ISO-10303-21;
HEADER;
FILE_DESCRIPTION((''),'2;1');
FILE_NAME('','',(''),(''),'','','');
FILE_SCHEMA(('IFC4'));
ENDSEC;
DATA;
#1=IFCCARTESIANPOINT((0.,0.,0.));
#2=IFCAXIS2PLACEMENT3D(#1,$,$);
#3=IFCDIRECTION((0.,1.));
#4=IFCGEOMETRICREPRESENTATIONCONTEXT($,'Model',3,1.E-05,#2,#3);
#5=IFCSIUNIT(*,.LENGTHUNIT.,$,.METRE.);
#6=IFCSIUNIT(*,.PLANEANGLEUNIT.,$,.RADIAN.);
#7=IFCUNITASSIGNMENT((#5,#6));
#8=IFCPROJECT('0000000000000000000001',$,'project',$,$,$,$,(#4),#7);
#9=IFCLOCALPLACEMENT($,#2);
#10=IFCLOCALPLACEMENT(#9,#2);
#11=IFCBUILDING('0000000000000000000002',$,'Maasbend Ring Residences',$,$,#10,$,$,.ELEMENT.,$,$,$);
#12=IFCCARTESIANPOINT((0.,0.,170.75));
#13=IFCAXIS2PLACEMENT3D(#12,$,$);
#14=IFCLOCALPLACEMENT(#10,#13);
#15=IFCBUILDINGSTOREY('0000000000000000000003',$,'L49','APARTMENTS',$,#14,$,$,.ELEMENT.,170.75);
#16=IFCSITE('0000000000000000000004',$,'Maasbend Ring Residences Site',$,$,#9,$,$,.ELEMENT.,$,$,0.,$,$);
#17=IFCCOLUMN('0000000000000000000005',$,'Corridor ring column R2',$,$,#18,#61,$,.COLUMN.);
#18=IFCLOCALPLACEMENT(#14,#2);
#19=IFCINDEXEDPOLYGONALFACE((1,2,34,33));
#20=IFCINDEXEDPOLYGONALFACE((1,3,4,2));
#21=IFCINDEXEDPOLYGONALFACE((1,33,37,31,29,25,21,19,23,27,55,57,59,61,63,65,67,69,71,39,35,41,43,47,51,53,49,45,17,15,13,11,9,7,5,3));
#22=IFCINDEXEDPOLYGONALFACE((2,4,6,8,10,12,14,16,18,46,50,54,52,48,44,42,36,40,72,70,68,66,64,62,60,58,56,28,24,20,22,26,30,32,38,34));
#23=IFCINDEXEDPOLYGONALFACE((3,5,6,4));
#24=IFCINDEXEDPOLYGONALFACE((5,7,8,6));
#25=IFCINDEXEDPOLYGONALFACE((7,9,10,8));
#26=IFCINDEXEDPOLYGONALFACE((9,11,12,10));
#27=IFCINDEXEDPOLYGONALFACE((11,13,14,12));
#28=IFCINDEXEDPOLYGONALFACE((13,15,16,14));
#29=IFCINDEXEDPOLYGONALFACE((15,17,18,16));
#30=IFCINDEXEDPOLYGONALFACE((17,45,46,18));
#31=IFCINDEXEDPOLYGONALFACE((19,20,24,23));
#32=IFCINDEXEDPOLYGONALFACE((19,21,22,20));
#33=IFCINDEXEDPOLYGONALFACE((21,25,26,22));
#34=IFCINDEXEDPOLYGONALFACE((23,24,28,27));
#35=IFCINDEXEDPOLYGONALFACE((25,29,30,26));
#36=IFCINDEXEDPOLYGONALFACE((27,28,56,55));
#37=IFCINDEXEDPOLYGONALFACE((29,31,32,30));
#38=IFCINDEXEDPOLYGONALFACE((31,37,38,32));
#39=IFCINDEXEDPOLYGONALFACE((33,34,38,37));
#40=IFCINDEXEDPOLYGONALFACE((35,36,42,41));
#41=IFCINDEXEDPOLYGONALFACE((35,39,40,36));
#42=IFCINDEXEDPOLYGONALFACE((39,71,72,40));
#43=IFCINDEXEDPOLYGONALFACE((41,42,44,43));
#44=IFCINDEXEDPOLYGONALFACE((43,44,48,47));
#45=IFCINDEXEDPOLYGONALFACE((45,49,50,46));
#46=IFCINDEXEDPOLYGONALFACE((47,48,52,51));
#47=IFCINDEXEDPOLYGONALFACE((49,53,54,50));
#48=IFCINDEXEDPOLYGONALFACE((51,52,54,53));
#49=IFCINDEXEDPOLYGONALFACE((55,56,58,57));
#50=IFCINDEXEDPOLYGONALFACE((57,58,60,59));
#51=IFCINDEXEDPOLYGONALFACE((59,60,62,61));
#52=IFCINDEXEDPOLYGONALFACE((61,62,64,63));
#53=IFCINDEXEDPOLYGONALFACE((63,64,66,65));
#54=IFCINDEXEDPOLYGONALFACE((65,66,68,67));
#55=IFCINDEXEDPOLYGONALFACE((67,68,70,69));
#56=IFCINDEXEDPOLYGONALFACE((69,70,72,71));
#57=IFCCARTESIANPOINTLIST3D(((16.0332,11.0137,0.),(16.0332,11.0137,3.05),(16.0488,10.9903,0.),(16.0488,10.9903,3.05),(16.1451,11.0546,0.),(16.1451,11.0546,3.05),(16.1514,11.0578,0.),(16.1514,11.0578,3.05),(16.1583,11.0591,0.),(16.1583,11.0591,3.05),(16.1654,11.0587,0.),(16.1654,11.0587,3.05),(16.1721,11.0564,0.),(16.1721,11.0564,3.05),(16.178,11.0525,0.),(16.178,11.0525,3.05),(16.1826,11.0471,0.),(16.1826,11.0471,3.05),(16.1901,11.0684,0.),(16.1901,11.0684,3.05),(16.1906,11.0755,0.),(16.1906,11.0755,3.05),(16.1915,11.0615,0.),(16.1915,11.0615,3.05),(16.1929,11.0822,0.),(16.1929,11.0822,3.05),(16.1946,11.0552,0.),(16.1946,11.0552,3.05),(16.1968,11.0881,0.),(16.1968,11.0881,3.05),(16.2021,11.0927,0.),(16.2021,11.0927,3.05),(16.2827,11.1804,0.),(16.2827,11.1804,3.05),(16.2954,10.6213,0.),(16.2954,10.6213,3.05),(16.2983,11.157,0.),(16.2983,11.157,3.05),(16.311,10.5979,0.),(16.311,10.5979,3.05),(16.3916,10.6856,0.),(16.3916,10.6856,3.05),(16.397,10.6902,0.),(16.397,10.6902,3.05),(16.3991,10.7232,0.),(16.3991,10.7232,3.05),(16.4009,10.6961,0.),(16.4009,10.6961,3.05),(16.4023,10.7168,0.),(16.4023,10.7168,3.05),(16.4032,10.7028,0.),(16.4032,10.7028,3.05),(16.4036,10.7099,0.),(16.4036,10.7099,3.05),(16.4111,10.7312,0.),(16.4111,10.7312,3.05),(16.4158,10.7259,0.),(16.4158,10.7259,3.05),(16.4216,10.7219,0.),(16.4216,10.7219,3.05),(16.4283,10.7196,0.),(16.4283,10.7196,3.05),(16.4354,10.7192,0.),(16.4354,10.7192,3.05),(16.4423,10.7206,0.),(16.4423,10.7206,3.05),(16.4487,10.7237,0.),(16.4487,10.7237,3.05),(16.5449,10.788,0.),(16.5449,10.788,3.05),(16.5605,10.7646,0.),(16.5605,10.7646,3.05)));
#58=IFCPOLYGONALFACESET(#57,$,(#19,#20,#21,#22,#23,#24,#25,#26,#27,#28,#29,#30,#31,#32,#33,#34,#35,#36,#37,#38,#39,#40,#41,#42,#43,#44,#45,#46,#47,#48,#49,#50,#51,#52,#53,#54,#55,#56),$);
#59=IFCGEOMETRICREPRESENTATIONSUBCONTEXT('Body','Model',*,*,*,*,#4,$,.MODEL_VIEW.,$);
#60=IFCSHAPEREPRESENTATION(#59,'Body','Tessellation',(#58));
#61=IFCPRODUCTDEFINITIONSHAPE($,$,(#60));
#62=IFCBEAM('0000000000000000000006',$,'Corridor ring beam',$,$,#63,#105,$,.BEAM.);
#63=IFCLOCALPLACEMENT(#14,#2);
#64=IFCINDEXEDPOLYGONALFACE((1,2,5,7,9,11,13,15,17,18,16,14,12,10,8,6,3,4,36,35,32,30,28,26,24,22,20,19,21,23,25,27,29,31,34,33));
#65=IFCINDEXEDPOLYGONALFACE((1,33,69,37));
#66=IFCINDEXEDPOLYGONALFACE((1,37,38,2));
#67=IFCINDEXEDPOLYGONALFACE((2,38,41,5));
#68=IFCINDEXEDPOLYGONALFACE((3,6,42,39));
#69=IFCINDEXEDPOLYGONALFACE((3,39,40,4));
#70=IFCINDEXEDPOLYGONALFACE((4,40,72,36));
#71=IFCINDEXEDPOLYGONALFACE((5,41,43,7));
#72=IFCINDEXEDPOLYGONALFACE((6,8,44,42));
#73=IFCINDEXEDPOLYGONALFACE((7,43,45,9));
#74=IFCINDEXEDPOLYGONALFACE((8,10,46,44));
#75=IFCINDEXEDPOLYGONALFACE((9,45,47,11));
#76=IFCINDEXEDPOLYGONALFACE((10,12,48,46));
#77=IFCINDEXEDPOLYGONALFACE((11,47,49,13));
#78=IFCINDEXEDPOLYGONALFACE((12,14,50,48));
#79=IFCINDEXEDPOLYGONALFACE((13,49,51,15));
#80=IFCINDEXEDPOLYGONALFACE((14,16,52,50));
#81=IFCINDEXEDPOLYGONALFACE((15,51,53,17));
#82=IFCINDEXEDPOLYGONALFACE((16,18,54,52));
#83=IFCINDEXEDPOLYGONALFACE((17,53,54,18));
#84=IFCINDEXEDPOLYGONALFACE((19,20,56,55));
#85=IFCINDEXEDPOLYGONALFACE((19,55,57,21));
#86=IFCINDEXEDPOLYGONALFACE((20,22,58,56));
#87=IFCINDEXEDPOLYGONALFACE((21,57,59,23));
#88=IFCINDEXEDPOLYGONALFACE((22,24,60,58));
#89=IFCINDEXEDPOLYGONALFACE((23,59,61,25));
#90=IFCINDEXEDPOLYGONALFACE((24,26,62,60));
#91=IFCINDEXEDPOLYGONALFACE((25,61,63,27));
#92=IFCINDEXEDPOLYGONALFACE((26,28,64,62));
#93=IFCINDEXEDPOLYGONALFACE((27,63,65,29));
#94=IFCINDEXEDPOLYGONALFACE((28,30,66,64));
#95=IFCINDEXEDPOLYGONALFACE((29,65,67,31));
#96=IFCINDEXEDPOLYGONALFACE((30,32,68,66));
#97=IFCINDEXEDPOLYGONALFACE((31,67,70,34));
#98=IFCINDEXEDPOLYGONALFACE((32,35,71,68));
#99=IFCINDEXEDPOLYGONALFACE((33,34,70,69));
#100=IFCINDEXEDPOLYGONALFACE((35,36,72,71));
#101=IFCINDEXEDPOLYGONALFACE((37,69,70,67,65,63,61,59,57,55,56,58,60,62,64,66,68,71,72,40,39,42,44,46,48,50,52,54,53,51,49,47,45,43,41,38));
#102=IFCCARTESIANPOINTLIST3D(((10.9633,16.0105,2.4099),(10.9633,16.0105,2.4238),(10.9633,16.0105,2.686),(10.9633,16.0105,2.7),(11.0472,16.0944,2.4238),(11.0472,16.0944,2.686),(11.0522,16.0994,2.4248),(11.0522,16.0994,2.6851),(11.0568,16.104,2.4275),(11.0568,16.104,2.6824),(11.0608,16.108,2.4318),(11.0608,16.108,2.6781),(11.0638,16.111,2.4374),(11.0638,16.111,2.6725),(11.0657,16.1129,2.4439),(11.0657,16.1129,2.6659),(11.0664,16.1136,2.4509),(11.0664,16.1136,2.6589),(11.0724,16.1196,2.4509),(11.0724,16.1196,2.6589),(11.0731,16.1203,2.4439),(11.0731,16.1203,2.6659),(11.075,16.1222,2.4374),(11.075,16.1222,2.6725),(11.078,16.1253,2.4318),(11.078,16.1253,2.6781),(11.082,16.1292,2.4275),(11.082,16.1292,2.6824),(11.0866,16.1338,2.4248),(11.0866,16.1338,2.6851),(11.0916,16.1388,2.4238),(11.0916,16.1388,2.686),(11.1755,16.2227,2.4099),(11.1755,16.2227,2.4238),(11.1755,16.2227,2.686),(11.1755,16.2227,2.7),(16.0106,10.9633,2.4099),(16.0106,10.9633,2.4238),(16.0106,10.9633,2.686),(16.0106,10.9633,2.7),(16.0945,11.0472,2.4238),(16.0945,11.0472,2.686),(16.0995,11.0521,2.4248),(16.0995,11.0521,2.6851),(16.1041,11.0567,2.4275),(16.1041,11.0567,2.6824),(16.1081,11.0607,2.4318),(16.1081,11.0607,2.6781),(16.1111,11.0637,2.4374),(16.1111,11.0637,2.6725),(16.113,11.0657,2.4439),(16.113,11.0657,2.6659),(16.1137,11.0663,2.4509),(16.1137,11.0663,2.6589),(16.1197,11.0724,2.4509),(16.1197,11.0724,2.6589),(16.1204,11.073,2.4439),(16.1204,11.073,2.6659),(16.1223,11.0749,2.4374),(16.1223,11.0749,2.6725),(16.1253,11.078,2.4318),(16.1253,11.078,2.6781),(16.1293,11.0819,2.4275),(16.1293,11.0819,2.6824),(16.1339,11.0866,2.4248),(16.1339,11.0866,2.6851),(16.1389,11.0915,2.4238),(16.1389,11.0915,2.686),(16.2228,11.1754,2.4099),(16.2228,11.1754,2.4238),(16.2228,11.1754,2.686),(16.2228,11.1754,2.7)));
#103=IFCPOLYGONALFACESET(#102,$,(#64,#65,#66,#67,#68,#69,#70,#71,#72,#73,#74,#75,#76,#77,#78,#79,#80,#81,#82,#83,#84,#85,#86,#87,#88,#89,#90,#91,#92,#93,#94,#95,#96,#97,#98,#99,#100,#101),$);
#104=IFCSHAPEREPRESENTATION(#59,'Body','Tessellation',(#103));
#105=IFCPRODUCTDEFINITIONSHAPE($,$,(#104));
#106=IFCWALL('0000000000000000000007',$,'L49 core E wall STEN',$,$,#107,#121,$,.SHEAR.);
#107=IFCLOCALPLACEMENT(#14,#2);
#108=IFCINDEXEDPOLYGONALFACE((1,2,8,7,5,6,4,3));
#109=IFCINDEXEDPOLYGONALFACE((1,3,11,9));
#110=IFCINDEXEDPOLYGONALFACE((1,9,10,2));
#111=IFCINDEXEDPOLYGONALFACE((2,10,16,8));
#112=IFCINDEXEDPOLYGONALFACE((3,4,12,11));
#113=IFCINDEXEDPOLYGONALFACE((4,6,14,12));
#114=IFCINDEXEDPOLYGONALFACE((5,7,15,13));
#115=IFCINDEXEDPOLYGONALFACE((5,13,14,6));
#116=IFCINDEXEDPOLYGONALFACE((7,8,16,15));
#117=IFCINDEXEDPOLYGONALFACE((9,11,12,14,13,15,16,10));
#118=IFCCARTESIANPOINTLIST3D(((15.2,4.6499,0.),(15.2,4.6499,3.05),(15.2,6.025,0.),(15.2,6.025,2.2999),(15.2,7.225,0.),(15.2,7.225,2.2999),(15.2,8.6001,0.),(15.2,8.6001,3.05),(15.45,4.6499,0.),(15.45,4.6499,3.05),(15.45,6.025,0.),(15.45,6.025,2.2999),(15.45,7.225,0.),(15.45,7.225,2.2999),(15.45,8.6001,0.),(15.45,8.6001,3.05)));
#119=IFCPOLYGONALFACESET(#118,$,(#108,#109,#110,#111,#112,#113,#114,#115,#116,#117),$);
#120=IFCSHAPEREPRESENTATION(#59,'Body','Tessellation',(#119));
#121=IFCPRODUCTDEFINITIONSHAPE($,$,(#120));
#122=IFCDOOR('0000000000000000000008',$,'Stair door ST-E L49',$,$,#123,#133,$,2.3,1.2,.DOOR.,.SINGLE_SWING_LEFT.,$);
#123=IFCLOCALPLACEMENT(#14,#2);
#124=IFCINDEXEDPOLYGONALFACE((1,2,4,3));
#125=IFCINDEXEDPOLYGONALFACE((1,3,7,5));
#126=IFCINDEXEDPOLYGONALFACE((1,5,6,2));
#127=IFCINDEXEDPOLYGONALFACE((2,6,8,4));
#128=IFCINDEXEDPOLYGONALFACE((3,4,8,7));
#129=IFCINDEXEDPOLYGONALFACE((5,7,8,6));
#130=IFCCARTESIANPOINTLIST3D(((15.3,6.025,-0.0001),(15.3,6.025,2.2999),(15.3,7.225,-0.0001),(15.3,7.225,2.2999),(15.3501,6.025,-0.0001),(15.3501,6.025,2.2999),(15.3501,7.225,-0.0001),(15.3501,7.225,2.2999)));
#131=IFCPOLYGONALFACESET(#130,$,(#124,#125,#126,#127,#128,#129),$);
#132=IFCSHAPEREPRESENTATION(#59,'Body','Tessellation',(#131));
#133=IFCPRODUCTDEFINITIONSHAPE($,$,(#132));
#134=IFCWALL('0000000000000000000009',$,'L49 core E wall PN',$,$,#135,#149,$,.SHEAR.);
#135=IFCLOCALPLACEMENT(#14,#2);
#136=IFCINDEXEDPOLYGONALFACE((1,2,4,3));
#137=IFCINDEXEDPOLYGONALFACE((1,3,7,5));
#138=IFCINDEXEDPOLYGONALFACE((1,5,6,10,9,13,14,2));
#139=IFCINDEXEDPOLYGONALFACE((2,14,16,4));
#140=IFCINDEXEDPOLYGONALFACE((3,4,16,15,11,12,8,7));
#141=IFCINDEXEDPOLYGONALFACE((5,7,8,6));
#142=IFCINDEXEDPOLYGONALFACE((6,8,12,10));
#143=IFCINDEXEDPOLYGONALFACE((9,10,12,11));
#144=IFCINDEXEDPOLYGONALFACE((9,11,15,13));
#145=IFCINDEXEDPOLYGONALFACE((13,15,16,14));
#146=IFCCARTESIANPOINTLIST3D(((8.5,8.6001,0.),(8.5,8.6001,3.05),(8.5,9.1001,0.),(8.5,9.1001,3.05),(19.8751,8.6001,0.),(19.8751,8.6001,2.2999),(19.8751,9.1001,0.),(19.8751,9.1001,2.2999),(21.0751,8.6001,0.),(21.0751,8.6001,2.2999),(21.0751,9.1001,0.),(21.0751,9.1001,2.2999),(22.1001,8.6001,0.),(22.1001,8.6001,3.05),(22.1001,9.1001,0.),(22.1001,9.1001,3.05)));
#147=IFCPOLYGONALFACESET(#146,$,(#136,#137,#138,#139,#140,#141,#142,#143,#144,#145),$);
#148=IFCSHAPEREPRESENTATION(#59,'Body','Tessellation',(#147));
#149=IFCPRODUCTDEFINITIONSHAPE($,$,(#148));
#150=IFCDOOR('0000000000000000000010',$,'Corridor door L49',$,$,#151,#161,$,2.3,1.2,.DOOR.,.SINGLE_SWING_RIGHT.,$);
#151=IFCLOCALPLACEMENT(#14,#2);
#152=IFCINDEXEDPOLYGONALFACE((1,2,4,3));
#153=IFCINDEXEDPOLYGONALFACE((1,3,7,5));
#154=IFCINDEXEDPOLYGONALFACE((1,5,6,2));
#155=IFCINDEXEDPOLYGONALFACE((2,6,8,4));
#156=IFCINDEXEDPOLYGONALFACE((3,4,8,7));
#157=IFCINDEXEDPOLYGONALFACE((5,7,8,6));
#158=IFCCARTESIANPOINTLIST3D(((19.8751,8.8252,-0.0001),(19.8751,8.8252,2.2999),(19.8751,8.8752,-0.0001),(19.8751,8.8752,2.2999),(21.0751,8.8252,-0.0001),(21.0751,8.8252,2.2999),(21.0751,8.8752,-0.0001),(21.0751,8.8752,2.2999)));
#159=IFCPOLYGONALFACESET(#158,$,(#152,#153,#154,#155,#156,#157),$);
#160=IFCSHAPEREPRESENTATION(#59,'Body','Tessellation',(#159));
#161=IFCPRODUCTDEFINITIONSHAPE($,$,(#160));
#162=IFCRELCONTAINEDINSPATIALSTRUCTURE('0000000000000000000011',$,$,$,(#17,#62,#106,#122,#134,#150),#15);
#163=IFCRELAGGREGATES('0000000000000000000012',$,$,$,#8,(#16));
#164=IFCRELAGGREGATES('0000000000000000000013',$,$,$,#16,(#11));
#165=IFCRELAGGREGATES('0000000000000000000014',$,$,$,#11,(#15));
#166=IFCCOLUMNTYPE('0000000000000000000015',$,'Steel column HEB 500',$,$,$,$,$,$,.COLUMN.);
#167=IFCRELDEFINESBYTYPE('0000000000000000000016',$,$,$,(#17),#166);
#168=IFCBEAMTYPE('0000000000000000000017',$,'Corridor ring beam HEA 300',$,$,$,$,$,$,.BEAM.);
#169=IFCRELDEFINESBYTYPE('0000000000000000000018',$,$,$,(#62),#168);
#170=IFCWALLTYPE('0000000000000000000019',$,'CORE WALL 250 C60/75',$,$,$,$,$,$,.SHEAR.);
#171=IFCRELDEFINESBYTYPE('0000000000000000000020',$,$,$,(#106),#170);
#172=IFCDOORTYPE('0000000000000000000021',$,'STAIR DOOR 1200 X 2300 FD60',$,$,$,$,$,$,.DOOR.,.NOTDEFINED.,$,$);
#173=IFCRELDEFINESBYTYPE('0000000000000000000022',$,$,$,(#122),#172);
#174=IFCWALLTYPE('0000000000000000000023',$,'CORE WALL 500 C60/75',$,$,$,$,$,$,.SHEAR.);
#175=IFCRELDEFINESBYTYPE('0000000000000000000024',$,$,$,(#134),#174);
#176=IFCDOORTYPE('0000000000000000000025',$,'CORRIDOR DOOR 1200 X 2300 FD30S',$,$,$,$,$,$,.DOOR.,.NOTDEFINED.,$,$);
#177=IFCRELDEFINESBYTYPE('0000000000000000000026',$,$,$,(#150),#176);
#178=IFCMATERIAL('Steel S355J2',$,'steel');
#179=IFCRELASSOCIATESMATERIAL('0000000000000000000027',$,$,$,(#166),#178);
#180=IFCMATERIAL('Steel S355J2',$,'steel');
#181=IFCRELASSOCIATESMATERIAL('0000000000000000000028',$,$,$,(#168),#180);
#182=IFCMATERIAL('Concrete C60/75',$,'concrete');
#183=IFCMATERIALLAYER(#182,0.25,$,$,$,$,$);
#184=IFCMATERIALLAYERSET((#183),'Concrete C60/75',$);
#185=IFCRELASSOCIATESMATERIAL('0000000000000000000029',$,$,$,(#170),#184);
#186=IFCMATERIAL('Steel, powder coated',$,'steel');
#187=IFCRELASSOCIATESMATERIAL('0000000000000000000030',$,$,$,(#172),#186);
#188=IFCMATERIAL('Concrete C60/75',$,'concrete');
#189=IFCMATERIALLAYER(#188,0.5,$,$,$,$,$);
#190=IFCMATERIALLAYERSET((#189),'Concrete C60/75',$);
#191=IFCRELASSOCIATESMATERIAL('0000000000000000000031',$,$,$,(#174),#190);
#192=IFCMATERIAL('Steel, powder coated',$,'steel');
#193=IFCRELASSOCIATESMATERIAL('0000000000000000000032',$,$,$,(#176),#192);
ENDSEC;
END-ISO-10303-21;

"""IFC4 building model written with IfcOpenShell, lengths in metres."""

from ifc_helpers import new_model, si_unit, direction, frame, frame_2d, origin, origin_2d, place, context, subcontext, project, spatial, rectangle, i_section, extrude, material, layer, layer_set, material_profile, profile_set, type_object, element, fill, save


model = new_model("IFC4")

# Units and contexts
model_context = context("Model", 3, precision=1e-05, world=origin(), true_north=direction((0.0, 1.0)))
body_context = subcontext(model_context, "Body", "Model", "MODEL_VIEW")
ifc_project = project(units=[si_unit("LENGTHUNIT", "METRE"), si_unit("PLANEANGLEUNIT", "RADIAN")], contexts=[model_context])

# Site, building, storey
site_placement = place(None, origin())
site = spatial("IfcSite", under=ifc_project, at=site_placement, Name="Maasbend Ring Residences Site", CompositionType="ELEMENT", RefElevation=0.0)
building_placement = place(site_placement, origin())
building = spatial("IfcBuilding", under=site, at=building_placement, Name="Maasbend Ring Residences", CompositionType="ELEMENT")
storey_placement = place(building_placement, frame((0.0, 0.0, 170.75)))
storey = spatial("IfcBuildingStorey", under=building, at=storey_placement, Name="L49", Description="APARTMENTS", CompositionType="ELEMENT", Elevation=170.75)

# Column
ifc_material_1 = material(Name="Steel S355J2", Category="steel")
ifc_material_profile_1 = material_profile(ifc_material_1, i_section(OverallWidth=0.3, OverallDepth=0.5, WebThickness=0.0144, FlangeThickness=0.0281, FilletRadius=0.0271, at=origin_2d()), Name="HEB 500")
ifc_profile_set_1 = profile_set([ifc_material_profile_1], Name="Steel S355J2")
column_type = type_object("IfcColumnType", Name="Steel column HEB 500", PredefinedType="COLUMN", material=ifc_profile_set_1)
column_placement = place(storey_placement, frame((16.2969, 10.8892, 0.0), z_axis=(0.0, 0.0, 1.0), x_axis=(0.83147, 0.55557, 0.0)))
element("IfcColumn", 1, at=column_placement, inside=storey, type_object=column_type, Name="Corridor ring column R2", PredefinedType="COLUMN", context=body_context, shape_type="SweptSolid", body=[
    extrude(i_section(OverallWidth=0.3, OverallDepth=0.5, WebThickness=0.0144, FlangeThickness=0.0281, FilletRadius=0.0271, at=origin_2d()), origin(), (0.0, 0.0, 1.0), 3.05),
])

# Beam
ifc_material_2 = material(Name="Steel S355J2", Category="steel")
ifc_material_profile_2 = material_profile(ifc_material_2, i_section(OverallWidth=0.3, OverallDepth=0.29, WebThickness=0.0085, FlangeThickness=0.0139, FilletRadius=0.0271, at=origin_2d()), Name="HEA 300")
ifc_profile_set_2 = profile_set([ifc_material_profile_2], Name="Steel S355J2")
beam_type = type_object("IfcBeamType", Name="Corridor ring beam HEA 300", PredefinedType="BEAM", material=ifc_profile_set_2)
beam_placement = place(storey_placement, frame((16.1167, 11.0693, 2.5549), z_axis=(-0.707107, 0.707107, 0.0), x_axis=(-0.707107, -0.707107, 0.0)))
element("IfcBeam", 2, at=beam_placement, inside=storey, type_object=beam_type, Name="Corridor ring beam", PredefinedType="BEAM", context=body_context, shape_type="SweptSolid", body=[
    extrude(i_section(OverallWidth=0.3, OverallDepth=0.29, WebThickness=0.0085, FlangeThickness=0.0139, FilletRadius=0.0271, at=origin_2d()), origin(), (0.0, 0.0, 1.0), 7.1379),
])

# Walls, openings, doors
ifc_material_3 = material(Name="Concrete C60/75", Category="concrete")
ifc_layer_1 = layer(ifc_material_3, 0.25)
ifc_layer_set_1 = layer_set([ifc_layer_1], Name="Concrete C60/75")
wall_type_1 = type_object("IfcWallType", Name="CORE WALL 250 C60/75", PredefinedType="SHEAR", material=ifc_layer_set_1)
wall_1_placement = place(storey_placement, frame((15.325, 4.6499, 0.0), z_axis=(0.0, 0.0, 1.0), x_axis=(0.0, 1.0, 0.0)))
wall_1 = element("IfcWall", 3, at=wall_1_placement, inside=storey, type_object=wall_type_1, Name="L49 core E wall STEN", PredefinedType="SHEAR", context=body_context, shape_type="SweptSolid", body=[
    extrude(rectangle(XDim=3.9502, YDim=0.25, at=frame_2d((1.9751, 0.0))), origin(), (0.0, 0.0, 1.0), 3.05),
])
opening_1_placement = place(wall_1_placement, frame((1.375, 0.0, 0.0)))
opening_1 = element("IfcOpeningElement", 4, at=opening_1_placement, cuts=wall_1, PredefinedType="OPENING", context=body_context, shape_type="SweptSolid", body=[
    extrude(rectangle(XDim=1.2, YDim=2.3, at=frame_2d((0.6001, 1.1499))), frame((0.0, 0.135, 0.0), z_axis=(0.0, -1.0, 0.0), x_axis=(1.0, 0.0, 0.0)), (0.0, 0.0, 1.0), 0.27),
])
ifc_material_4 = material(Name="Steel, powder coated", Category="steel")
door_type_1 = type_object("IfcDoorType", Name="STAIR DOOR 1200 X 2300 FD60", OperationType="NOTDEFINED", PredefinedType="DOOR", material=ifc_material_4)
door_1_placement = place(opening_1_placement, origin())
door_1 = element("IfcDoor", 5, at=door_1_placement, inside=storey, type_object=door_type_1, Name="Stair door ST-E L49", OperationType="SINGLE_SWING_LEFT", OverallHeight=2.3, OverallWidth=1.2, PredefinedType="DOOR", context=body_context, shape_type="SweptSolid", body=[
    extrude(rectangle(XDim=1.2, YDim=2.3, at=frame_2d((0.6001, 1.1499))), frame((0.0, 0.0249, 0.0), z_axis=(0.0, -1.0, 0.0), x_axis=(1.0, 0.0, 0.0)), (0.0, 0.0, 1.0), 0.05),
])
fill(opening_1, door_1)
ifc_material_5 = material(Name="Concrete C60/75", Category="concrete")
ifc_layer_2 = layer(ifc_material_5, 0.5)
ifc_layer_set_2 = layer_set([ifc_layer_2], Name="Concrete C60/75")
wall_type_2 = type_object("IfcWallType", Name="CORE WALL 500 C60/75", PredefinedType="SHEAR", material=ifc_layer_set_2)
wall_2_placement = place(storey_placement, frame((22.1001, 8.8501, 0.0), z_axis=(0.0, 0.0, 1.0), x_axis=(-1.0, 0.0, 0.0)))
wall_2 = element("IfcWall", 6, at=wall_2_placement, inside=storey, type_object=wall_type_2, Name="L49 core E wall PN", PredefinedType="SHEAR", context=body_context, shape_type="SweptSolid", body=[
    extrude(rectangle(XDim=13.6001, YDim=0.5, at=frame_2d((6.8, 0.0))), origin(), (0.0, 0.0, 1.0), 3.05),
])
opening_2_placement = place(wall_2_placement, frame((1.0249, 0.0, 0.0)))
opening_2 = element("IfcOpeningElement", 7, at=opening_2_placement, cuts=wall_2, PredefinedType="OPENING", context=body_context, shape_type="SweptSolid", body=[
    extrude(rectangle(XDim=1.2, YDim=2.3, at=frame_2d((0.6001, 1.1499))), frame((0.0, 0.26, 0.0), z_axis=(0.0, -1.0, 0.0), x_axis=(1.0, 0.0, 0.0)), (0.0, 0.0, 1.0), 0.52),
])
ifc_material_6 = material(Name="Steel, powder coated", Category="steel")
door_type_2 = type_object("IfcDoorType", Name="CORRIDOR DOOR 1200 X 2300 FD30S", OperationType="NOTDEFINED", PredefinedType="DOOR", material=ifc_material_6)
door_2_placement = place(opening_2_placement, origin())
door_2 = element("IfcDoor", 8, at=door_2_placement, inside=storey, type_object=door_type_2, Name="Corridor door L49", OperationType="SINGLE_SWING_RIGHT", OverallHeight=2.3, OverallWidth=1.2, PredefinedType="DOOR", context=body_context, shape_type="SweptSolid", body=[
    extrude(rectangle(XDim=1.2, YDim=2.3, at=frame_2d((0.6001, 1.1499))), frame((0.0, 0.0249, 0.0), z_axis=(0.0, -1.0, 0.0), x_axis=(1.0, 0.0, 0.0)), (0.0, 0.0, 1.0), 0.05),
])
fill(opening_2, door_2)

save(model, "model.ifc")
